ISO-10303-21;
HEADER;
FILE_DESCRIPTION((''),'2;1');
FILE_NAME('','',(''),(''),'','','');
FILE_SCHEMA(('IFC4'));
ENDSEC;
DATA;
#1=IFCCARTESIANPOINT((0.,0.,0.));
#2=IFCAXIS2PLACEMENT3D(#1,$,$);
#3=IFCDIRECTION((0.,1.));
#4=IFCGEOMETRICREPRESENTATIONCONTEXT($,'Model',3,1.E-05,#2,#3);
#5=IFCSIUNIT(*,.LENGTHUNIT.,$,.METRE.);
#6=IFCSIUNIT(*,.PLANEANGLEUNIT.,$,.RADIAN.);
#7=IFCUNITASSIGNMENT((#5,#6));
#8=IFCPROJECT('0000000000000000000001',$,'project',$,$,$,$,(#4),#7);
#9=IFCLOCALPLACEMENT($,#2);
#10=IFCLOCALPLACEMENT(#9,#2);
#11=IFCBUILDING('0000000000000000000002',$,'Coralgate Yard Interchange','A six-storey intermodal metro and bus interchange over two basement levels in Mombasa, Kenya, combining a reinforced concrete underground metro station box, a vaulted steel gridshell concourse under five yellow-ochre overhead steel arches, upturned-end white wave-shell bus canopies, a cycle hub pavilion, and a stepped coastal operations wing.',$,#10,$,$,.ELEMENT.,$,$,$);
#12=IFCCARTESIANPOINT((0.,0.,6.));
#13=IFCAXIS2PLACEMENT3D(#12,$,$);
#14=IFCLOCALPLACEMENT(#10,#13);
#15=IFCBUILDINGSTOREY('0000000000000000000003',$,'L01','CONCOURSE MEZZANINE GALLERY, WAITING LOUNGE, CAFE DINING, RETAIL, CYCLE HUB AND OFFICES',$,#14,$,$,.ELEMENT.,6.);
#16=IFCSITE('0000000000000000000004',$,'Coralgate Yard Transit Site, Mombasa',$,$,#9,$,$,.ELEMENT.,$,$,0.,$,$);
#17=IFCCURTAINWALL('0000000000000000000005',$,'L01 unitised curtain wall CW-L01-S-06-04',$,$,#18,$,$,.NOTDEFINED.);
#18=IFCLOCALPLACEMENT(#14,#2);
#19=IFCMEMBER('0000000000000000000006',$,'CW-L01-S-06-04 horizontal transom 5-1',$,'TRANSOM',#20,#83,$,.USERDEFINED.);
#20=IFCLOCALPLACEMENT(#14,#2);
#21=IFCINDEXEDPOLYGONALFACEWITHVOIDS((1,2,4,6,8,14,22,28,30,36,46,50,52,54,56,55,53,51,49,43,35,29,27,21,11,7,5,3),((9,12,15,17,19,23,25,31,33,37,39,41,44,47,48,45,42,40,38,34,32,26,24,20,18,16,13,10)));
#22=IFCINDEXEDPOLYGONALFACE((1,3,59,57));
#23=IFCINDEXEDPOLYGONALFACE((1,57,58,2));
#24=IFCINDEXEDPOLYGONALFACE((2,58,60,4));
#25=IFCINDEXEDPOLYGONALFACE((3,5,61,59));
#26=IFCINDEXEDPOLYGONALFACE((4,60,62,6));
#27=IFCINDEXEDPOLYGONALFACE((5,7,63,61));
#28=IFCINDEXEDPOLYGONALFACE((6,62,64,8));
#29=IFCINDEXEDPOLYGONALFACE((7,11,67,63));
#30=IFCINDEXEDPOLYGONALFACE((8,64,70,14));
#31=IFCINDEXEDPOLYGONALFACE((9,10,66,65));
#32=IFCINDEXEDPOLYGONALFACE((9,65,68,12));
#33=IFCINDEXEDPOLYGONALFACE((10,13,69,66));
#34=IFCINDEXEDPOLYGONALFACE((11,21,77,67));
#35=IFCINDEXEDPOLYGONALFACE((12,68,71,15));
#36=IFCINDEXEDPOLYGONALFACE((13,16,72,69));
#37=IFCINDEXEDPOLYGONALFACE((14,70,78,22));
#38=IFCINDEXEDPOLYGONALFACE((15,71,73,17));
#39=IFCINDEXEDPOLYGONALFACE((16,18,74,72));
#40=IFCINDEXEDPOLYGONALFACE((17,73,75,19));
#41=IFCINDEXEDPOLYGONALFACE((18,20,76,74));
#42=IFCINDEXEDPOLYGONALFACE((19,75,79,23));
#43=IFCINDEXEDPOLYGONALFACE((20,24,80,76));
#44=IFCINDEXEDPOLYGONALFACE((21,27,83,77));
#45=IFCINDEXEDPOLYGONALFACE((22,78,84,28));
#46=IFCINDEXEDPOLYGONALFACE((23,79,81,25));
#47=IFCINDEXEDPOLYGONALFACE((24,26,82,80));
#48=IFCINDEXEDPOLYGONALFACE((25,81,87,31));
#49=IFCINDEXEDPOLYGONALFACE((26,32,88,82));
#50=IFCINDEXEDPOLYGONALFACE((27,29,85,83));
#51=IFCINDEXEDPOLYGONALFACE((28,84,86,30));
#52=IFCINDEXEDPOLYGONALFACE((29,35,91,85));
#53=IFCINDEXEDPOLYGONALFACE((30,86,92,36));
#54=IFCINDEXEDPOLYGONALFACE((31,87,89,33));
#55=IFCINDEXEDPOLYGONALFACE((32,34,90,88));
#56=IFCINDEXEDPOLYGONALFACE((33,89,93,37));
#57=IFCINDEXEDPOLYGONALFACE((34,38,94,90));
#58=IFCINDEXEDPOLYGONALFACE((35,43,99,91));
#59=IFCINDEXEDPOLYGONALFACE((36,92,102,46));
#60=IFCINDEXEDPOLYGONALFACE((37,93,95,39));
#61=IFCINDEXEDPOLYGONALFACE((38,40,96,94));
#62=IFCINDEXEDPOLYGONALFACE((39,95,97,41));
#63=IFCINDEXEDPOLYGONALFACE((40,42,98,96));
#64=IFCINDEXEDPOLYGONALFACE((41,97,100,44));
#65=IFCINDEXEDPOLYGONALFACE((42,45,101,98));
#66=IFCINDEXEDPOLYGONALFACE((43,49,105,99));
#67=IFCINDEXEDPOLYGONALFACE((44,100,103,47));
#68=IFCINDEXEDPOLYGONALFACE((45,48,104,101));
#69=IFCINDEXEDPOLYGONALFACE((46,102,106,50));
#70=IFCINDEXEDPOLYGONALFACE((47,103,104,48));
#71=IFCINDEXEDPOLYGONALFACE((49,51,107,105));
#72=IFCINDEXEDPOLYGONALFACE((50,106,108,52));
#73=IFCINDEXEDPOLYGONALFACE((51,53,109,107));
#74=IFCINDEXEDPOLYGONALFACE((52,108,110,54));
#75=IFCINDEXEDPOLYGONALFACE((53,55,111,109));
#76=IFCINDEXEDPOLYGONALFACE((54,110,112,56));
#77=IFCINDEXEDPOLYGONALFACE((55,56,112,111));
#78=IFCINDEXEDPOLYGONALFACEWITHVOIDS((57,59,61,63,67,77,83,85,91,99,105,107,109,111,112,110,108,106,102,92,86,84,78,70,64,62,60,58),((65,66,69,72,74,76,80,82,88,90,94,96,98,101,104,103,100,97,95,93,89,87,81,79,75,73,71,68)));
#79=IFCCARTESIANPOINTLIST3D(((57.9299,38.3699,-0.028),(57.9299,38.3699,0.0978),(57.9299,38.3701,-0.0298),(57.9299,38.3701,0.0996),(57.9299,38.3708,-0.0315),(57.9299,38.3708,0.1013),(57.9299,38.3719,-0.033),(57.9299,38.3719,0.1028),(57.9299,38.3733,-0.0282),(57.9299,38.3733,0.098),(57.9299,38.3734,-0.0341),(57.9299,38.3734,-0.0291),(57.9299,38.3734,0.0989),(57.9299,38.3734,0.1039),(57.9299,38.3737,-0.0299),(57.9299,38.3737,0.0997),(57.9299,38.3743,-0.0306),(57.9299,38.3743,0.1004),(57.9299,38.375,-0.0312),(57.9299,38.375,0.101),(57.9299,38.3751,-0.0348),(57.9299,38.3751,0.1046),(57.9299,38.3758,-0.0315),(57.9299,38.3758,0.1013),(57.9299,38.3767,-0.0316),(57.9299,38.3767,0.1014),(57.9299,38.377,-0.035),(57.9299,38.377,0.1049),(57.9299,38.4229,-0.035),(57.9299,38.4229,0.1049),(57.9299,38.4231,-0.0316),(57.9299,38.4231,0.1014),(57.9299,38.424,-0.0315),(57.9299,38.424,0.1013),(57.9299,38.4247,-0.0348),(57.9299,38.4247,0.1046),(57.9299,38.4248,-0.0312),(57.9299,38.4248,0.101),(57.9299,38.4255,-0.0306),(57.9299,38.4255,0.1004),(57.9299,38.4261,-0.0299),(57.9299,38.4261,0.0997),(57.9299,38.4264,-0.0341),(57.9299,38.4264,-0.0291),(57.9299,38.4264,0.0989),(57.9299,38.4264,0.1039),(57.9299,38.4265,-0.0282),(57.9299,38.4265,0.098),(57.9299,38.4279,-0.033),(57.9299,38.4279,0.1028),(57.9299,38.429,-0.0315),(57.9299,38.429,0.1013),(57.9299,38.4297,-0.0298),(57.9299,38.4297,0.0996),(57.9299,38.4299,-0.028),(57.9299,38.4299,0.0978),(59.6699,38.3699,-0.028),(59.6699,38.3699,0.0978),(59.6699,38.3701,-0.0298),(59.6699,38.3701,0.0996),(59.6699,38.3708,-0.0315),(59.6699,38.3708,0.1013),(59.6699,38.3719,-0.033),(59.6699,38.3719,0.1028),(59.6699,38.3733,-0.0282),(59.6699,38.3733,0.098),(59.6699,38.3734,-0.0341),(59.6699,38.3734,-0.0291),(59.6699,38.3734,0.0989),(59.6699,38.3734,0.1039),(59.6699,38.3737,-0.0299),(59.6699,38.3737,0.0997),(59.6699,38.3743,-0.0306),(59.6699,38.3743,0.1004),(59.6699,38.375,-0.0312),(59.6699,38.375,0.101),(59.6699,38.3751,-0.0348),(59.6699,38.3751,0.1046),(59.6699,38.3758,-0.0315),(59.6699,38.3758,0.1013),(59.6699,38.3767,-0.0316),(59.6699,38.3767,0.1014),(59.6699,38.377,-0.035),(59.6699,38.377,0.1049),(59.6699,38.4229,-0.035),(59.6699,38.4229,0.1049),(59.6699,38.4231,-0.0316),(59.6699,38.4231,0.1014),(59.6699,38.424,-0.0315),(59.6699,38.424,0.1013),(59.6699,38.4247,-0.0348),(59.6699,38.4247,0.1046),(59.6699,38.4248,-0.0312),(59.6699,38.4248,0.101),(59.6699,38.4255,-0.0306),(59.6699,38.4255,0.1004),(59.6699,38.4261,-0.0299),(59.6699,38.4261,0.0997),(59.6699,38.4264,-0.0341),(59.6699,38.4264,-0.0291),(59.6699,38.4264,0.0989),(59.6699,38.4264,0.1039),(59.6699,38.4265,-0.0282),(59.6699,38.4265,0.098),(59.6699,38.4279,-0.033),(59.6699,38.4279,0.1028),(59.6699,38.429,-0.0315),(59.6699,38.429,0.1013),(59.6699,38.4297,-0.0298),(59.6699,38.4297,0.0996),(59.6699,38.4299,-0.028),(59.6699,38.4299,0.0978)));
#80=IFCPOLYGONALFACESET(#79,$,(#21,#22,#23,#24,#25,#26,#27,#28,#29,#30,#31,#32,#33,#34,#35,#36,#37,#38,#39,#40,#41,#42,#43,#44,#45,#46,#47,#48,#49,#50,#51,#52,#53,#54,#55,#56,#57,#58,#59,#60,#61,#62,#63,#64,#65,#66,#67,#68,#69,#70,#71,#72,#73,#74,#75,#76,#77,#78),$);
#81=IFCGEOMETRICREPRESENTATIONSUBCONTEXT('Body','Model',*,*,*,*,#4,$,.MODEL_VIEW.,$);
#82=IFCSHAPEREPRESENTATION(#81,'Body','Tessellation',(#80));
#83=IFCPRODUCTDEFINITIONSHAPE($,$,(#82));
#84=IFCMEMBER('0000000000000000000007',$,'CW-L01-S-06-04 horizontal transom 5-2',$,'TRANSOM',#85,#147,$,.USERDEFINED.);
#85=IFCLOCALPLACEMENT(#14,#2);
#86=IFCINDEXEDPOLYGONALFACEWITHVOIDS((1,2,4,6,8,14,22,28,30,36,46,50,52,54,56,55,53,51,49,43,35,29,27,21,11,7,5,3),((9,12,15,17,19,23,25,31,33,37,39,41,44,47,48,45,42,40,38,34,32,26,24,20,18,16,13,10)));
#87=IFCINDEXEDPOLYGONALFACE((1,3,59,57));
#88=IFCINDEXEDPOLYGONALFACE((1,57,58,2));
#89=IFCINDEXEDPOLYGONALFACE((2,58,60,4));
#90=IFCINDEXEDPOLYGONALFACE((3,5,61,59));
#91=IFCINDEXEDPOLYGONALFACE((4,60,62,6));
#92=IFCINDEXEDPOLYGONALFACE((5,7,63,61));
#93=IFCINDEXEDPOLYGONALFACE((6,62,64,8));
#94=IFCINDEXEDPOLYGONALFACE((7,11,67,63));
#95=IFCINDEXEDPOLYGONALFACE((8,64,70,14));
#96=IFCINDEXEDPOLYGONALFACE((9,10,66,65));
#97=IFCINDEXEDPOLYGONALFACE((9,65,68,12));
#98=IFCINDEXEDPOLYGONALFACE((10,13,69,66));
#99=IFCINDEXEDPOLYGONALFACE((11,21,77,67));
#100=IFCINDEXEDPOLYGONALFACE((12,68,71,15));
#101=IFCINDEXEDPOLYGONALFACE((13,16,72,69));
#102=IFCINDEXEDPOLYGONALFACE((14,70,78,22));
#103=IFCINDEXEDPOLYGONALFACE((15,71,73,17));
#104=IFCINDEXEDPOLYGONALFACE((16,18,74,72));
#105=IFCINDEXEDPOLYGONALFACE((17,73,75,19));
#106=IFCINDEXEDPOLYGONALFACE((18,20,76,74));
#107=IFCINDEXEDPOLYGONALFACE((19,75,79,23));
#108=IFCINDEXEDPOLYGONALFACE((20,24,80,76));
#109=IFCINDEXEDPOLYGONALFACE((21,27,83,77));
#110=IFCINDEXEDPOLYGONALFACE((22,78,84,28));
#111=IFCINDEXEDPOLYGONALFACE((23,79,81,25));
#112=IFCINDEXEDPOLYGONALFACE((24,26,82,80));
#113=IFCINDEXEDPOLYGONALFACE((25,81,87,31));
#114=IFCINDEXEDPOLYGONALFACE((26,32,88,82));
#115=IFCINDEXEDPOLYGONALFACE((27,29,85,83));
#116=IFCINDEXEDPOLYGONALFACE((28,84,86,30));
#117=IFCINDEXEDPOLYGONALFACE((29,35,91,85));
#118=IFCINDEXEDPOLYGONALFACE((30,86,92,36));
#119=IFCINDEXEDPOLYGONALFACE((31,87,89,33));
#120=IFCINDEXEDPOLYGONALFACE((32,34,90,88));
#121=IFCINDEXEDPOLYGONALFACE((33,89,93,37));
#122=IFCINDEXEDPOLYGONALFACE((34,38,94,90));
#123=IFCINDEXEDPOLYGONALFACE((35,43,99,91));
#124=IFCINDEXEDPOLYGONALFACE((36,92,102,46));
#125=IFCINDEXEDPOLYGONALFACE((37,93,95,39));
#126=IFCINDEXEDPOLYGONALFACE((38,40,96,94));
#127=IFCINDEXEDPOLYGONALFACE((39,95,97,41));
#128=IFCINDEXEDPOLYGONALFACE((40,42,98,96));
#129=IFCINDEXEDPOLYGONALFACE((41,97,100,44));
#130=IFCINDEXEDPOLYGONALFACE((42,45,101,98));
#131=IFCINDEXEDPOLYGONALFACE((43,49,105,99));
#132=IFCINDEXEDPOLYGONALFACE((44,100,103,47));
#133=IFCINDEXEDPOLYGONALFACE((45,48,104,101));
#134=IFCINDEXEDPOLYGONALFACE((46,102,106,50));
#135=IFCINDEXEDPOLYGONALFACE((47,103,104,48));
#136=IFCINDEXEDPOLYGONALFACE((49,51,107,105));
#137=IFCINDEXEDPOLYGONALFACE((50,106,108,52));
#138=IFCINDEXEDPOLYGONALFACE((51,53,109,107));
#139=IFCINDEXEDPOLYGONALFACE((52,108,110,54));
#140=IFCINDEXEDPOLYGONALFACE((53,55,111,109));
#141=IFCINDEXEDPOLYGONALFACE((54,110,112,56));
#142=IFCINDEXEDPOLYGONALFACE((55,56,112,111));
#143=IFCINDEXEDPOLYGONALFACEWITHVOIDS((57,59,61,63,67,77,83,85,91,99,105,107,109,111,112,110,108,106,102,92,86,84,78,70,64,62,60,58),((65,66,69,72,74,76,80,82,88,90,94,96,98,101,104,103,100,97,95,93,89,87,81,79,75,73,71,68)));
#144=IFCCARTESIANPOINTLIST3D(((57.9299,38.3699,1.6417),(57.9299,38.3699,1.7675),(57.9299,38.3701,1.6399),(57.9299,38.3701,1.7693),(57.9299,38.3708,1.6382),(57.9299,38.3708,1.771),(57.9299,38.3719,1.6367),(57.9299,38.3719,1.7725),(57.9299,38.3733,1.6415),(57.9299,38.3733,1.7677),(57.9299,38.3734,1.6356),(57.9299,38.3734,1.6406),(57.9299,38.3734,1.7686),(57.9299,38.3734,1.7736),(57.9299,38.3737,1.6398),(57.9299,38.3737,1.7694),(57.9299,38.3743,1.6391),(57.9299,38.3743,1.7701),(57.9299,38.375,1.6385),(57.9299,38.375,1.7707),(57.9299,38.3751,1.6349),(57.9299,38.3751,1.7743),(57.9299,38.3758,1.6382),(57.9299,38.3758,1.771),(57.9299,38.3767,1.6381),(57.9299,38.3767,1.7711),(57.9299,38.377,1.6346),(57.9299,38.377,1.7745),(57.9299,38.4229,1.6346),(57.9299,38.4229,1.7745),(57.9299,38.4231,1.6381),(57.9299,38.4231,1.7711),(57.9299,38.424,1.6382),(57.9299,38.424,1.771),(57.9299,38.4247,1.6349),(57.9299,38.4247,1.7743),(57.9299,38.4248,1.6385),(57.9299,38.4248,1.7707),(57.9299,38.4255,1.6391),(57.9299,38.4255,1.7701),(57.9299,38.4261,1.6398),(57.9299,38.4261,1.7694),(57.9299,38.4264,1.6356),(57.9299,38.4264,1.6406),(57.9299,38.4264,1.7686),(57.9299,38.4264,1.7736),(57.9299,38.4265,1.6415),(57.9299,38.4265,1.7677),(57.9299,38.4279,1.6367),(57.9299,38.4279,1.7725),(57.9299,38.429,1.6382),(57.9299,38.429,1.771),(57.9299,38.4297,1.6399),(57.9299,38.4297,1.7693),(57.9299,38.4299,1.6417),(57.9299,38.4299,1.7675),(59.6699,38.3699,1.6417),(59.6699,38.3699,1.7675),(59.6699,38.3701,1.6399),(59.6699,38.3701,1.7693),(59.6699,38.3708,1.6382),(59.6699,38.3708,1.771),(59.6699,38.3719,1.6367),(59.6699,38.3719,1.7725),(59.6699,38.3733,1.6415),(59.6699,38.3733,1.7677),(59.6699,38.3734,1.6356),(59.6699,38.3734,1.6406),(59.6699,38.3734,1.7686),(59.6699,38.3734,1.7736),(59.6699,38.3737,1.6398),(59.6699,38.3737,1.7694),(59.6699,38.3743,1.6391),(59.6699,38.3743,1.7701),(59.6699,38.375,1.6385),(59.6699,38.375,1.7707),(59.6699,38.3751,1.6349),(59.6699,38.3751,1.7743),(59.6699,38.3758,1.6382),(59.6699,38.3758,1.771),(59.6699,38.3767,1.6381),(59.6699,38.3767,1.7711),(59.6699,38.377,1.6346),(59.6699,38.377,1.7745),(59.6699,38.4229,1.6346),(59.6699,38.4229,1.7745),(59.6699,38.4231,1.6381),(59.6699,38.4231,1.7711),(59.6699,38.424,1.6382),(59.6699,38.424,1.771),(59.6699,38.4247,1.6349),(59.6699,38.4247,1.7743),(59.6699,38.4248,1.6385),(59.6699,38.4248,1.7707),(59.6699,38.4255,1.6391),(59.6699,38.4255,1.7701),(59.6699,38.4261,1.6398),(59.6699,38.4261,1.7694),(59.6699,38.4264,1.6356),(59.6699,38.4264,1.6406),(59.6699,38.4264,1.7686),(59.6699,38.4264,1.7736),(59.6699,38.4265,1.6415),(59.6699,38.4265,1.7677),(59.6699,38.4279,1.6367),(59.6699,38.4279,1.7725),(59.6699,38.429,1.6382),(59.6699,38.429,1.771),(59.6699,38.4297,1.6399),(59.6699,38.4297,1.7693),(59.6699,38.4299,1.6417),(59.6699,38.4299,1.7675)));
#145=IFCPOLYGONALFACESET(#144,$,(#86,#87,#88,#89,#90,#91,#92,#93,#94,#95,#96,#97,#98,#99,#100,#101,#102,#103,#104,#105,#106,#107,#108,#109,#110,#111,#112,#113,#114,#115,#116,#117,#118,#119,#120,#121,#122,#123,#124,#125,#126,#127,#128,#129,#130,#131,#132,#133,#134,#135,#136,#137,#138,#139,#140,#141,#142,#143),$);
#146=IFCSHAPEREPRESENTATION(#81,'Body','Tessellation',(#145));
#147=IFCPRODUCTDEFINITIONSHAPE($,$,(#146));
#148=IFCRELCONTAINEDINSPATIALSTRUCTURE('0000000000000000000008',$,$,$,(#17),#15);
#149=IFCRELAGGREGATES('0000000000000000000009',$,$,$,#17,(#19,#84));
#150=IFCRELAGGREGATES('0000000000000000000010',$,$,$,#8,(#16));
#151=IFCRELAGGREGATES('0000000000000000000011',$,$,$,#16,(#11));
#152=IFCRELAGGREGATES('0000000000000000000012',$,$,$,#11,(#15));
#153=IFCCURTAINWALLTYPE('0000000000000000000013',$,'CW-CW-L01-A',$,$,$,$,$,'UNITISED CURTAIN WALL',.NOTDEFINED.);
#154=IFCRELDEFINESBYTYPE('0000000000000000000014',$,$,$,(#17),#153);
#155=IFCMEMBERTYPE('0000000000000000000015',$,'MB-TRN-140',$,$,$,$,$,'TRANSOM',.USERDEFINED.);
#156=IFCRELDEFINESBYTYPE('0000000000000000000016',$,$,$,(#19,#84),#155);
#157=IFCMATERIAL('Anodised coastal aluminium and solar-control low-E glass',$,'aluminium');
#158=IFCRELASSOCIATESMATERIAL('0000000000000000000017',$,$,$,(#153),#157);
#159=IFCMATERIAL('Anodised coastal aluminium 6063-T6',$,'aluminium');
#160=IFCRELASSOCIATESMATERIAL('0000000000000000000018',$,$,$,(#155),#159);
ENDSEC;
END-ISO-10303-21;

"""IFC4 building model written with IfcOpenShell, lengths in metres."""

from ifc_helpers import new_model, si_unit, direction, frame, origin, origin_2d, place, context, subcontext, project, spatial, hollow_rectangle, extrude, material, material_profile, profile_set, type_object, element, aggregate, save


model = new_model("IFC4")

# Units and contexts
model_context = context("Model", 3, precision=1e-05, world=origin(), true_north=direction((0.0, 1.0)))
body_context = subcontext(model_context, "Body", "Model", "MODEL_VIEW")
ifc_project = project(units=[si_unit("LENGTHUNIT", "METRE"), si_unit("PLANEANGLEUNIT", "RADIAN")], contexts=[model_context])

# Site, building, storey
site_placement = place(None, origin())
site = spatial("IfcSite", under=ifc_project, at=site_placement, Name="Coralgate Yard Transit Site, Mombasa", CompositionType="ELEMENT", RefElevation=0.0)
building_placement = place(site_placement, origin())
building = spatial("IfcBuilding", under=site, at=building_placement, Name="Coralgate Yard Interchange", Description="A six-storey intermodal metro and bus interchange over two basement levels in Mombasa, Kenya, combining a reinforced concrete underground metro station box, a vaulted steel gridshell concourse under five yellow-ochre overhead steel arches, upturned-end white wave-shell bus canopies, a cycle hub pavilion, and a stepped coastal operations wing.", CompositionType="ELEMENT")
storey_placement = place(building_placement, frame((0.0, 0.0, 6.0)))
storey = spatial("IfcBuildingStorey", under=building, at=storey_placement, Name="L01", Description="CONCOURSE MEZZANINE GALLERY, WAITING LOUNGE, CAFE DINING, RETAIL, CYCLE HUB AND OFFICES", CompositionType="ELEMENT", Elevation=6.0)

# Curtain wall, members
ifc_material_1 = material(Name="Anodised coastal aluminium and solar-control low-E glass", Category="aluminium")
curtain_wall_type = type_object("IfcCurtainWallType", Name="CW-CW-L01-A", ElementType="UNITISED CURTAIN WALL", PredefinedType="NOTDEFINED", material=ifc_material_1)
curtain_wall_placement = place(storey_placement, origin())
curtain_wall = element("IfcCurtainWall", 1, at=curtain_wall_placement, inside=storey, type_object=curtain_wall_type, Name="L01 unitised curtain wall CW-L01-S-06-04", PredefinedType="NOTDEFINED")
ifc_material_2 = material(Name="Anodised coastal aluminium 6063-T6", Category="aluminium")
ifc_material_profile_1 = material_profile(ifc_material_2, hollow_rectangle(XDim=0.0601, YDim=0.1399, WallThickness=0.0034, InnerFilletRadius=0.0034, OuterFilletRadius=0.0071, at=origin_2d()), Name="ALU 60x140x3.5")
ifc_profile_set_1 = profile_set([ifc_material_profile_1], Name="Anodised coastal aluminium 6063-T6")
member_type_1 = type_object("IfcMemberType", Name="MB-TRN-140", ElementType="TRANSOM", PredefinedType="USERDEFINED", material=ifc_profile_set_1)
member_1_placement = place(storey_placement, frame((59.6699, 38.3999, 0.0349), z_axis=(-1.0, 0.0, 0.0), x_axis=(0.0, -1.0, 0.0)))
member_1 = element("IfcMember", 2, at=member_1_placement, type_object=member_type_1, Name="CW-L01-S-06-04 horizontal transom 5-1", ObjectType="TRANSOM", PredefinedType="USERDEFINED", context=body_context, shape_type="SweptSolid", body=[
    extrude(hollow_rectangle(XDim=0.0601, YDim=0.1399, WallThickness=0.0034, InnerFilletRadius=0.0034, OuterFilletRadius=0.0071, at=origin_2d()), origin(), (0.0, 0.0, 1.0), 1.74),
])
member_2_placement = place(storey_placement, frame((59.6699, 38.3999, 1.7046), z_axis=(-1.0, 0.0, 0.0), x_axis=(0.0, -1.0, 0.0)))
member_2 = element("IfcMember", 3, at=member_2_placement, type_object=member_type_1, Name="CW-L01-S-06-04 horizontal transom 5-2", ObjectType="TRANSOM", PredefinedType="USERDEFINED", context=body_context, shape_type="SweptSolid", body=[
    extrude(hollow_rectangle(XDim=0.0601, YDim=0.1399, WallThickness=0.0034, InnerFilletRadius=0.0034, OuterFilletRadius=0.0071, at=origin_2d()), origin(), (0.0, 0.0, 1.0), 1.74),
])
aggregate(curtain_wall, [member_1, member_2])

save(model, "model.ifc")
